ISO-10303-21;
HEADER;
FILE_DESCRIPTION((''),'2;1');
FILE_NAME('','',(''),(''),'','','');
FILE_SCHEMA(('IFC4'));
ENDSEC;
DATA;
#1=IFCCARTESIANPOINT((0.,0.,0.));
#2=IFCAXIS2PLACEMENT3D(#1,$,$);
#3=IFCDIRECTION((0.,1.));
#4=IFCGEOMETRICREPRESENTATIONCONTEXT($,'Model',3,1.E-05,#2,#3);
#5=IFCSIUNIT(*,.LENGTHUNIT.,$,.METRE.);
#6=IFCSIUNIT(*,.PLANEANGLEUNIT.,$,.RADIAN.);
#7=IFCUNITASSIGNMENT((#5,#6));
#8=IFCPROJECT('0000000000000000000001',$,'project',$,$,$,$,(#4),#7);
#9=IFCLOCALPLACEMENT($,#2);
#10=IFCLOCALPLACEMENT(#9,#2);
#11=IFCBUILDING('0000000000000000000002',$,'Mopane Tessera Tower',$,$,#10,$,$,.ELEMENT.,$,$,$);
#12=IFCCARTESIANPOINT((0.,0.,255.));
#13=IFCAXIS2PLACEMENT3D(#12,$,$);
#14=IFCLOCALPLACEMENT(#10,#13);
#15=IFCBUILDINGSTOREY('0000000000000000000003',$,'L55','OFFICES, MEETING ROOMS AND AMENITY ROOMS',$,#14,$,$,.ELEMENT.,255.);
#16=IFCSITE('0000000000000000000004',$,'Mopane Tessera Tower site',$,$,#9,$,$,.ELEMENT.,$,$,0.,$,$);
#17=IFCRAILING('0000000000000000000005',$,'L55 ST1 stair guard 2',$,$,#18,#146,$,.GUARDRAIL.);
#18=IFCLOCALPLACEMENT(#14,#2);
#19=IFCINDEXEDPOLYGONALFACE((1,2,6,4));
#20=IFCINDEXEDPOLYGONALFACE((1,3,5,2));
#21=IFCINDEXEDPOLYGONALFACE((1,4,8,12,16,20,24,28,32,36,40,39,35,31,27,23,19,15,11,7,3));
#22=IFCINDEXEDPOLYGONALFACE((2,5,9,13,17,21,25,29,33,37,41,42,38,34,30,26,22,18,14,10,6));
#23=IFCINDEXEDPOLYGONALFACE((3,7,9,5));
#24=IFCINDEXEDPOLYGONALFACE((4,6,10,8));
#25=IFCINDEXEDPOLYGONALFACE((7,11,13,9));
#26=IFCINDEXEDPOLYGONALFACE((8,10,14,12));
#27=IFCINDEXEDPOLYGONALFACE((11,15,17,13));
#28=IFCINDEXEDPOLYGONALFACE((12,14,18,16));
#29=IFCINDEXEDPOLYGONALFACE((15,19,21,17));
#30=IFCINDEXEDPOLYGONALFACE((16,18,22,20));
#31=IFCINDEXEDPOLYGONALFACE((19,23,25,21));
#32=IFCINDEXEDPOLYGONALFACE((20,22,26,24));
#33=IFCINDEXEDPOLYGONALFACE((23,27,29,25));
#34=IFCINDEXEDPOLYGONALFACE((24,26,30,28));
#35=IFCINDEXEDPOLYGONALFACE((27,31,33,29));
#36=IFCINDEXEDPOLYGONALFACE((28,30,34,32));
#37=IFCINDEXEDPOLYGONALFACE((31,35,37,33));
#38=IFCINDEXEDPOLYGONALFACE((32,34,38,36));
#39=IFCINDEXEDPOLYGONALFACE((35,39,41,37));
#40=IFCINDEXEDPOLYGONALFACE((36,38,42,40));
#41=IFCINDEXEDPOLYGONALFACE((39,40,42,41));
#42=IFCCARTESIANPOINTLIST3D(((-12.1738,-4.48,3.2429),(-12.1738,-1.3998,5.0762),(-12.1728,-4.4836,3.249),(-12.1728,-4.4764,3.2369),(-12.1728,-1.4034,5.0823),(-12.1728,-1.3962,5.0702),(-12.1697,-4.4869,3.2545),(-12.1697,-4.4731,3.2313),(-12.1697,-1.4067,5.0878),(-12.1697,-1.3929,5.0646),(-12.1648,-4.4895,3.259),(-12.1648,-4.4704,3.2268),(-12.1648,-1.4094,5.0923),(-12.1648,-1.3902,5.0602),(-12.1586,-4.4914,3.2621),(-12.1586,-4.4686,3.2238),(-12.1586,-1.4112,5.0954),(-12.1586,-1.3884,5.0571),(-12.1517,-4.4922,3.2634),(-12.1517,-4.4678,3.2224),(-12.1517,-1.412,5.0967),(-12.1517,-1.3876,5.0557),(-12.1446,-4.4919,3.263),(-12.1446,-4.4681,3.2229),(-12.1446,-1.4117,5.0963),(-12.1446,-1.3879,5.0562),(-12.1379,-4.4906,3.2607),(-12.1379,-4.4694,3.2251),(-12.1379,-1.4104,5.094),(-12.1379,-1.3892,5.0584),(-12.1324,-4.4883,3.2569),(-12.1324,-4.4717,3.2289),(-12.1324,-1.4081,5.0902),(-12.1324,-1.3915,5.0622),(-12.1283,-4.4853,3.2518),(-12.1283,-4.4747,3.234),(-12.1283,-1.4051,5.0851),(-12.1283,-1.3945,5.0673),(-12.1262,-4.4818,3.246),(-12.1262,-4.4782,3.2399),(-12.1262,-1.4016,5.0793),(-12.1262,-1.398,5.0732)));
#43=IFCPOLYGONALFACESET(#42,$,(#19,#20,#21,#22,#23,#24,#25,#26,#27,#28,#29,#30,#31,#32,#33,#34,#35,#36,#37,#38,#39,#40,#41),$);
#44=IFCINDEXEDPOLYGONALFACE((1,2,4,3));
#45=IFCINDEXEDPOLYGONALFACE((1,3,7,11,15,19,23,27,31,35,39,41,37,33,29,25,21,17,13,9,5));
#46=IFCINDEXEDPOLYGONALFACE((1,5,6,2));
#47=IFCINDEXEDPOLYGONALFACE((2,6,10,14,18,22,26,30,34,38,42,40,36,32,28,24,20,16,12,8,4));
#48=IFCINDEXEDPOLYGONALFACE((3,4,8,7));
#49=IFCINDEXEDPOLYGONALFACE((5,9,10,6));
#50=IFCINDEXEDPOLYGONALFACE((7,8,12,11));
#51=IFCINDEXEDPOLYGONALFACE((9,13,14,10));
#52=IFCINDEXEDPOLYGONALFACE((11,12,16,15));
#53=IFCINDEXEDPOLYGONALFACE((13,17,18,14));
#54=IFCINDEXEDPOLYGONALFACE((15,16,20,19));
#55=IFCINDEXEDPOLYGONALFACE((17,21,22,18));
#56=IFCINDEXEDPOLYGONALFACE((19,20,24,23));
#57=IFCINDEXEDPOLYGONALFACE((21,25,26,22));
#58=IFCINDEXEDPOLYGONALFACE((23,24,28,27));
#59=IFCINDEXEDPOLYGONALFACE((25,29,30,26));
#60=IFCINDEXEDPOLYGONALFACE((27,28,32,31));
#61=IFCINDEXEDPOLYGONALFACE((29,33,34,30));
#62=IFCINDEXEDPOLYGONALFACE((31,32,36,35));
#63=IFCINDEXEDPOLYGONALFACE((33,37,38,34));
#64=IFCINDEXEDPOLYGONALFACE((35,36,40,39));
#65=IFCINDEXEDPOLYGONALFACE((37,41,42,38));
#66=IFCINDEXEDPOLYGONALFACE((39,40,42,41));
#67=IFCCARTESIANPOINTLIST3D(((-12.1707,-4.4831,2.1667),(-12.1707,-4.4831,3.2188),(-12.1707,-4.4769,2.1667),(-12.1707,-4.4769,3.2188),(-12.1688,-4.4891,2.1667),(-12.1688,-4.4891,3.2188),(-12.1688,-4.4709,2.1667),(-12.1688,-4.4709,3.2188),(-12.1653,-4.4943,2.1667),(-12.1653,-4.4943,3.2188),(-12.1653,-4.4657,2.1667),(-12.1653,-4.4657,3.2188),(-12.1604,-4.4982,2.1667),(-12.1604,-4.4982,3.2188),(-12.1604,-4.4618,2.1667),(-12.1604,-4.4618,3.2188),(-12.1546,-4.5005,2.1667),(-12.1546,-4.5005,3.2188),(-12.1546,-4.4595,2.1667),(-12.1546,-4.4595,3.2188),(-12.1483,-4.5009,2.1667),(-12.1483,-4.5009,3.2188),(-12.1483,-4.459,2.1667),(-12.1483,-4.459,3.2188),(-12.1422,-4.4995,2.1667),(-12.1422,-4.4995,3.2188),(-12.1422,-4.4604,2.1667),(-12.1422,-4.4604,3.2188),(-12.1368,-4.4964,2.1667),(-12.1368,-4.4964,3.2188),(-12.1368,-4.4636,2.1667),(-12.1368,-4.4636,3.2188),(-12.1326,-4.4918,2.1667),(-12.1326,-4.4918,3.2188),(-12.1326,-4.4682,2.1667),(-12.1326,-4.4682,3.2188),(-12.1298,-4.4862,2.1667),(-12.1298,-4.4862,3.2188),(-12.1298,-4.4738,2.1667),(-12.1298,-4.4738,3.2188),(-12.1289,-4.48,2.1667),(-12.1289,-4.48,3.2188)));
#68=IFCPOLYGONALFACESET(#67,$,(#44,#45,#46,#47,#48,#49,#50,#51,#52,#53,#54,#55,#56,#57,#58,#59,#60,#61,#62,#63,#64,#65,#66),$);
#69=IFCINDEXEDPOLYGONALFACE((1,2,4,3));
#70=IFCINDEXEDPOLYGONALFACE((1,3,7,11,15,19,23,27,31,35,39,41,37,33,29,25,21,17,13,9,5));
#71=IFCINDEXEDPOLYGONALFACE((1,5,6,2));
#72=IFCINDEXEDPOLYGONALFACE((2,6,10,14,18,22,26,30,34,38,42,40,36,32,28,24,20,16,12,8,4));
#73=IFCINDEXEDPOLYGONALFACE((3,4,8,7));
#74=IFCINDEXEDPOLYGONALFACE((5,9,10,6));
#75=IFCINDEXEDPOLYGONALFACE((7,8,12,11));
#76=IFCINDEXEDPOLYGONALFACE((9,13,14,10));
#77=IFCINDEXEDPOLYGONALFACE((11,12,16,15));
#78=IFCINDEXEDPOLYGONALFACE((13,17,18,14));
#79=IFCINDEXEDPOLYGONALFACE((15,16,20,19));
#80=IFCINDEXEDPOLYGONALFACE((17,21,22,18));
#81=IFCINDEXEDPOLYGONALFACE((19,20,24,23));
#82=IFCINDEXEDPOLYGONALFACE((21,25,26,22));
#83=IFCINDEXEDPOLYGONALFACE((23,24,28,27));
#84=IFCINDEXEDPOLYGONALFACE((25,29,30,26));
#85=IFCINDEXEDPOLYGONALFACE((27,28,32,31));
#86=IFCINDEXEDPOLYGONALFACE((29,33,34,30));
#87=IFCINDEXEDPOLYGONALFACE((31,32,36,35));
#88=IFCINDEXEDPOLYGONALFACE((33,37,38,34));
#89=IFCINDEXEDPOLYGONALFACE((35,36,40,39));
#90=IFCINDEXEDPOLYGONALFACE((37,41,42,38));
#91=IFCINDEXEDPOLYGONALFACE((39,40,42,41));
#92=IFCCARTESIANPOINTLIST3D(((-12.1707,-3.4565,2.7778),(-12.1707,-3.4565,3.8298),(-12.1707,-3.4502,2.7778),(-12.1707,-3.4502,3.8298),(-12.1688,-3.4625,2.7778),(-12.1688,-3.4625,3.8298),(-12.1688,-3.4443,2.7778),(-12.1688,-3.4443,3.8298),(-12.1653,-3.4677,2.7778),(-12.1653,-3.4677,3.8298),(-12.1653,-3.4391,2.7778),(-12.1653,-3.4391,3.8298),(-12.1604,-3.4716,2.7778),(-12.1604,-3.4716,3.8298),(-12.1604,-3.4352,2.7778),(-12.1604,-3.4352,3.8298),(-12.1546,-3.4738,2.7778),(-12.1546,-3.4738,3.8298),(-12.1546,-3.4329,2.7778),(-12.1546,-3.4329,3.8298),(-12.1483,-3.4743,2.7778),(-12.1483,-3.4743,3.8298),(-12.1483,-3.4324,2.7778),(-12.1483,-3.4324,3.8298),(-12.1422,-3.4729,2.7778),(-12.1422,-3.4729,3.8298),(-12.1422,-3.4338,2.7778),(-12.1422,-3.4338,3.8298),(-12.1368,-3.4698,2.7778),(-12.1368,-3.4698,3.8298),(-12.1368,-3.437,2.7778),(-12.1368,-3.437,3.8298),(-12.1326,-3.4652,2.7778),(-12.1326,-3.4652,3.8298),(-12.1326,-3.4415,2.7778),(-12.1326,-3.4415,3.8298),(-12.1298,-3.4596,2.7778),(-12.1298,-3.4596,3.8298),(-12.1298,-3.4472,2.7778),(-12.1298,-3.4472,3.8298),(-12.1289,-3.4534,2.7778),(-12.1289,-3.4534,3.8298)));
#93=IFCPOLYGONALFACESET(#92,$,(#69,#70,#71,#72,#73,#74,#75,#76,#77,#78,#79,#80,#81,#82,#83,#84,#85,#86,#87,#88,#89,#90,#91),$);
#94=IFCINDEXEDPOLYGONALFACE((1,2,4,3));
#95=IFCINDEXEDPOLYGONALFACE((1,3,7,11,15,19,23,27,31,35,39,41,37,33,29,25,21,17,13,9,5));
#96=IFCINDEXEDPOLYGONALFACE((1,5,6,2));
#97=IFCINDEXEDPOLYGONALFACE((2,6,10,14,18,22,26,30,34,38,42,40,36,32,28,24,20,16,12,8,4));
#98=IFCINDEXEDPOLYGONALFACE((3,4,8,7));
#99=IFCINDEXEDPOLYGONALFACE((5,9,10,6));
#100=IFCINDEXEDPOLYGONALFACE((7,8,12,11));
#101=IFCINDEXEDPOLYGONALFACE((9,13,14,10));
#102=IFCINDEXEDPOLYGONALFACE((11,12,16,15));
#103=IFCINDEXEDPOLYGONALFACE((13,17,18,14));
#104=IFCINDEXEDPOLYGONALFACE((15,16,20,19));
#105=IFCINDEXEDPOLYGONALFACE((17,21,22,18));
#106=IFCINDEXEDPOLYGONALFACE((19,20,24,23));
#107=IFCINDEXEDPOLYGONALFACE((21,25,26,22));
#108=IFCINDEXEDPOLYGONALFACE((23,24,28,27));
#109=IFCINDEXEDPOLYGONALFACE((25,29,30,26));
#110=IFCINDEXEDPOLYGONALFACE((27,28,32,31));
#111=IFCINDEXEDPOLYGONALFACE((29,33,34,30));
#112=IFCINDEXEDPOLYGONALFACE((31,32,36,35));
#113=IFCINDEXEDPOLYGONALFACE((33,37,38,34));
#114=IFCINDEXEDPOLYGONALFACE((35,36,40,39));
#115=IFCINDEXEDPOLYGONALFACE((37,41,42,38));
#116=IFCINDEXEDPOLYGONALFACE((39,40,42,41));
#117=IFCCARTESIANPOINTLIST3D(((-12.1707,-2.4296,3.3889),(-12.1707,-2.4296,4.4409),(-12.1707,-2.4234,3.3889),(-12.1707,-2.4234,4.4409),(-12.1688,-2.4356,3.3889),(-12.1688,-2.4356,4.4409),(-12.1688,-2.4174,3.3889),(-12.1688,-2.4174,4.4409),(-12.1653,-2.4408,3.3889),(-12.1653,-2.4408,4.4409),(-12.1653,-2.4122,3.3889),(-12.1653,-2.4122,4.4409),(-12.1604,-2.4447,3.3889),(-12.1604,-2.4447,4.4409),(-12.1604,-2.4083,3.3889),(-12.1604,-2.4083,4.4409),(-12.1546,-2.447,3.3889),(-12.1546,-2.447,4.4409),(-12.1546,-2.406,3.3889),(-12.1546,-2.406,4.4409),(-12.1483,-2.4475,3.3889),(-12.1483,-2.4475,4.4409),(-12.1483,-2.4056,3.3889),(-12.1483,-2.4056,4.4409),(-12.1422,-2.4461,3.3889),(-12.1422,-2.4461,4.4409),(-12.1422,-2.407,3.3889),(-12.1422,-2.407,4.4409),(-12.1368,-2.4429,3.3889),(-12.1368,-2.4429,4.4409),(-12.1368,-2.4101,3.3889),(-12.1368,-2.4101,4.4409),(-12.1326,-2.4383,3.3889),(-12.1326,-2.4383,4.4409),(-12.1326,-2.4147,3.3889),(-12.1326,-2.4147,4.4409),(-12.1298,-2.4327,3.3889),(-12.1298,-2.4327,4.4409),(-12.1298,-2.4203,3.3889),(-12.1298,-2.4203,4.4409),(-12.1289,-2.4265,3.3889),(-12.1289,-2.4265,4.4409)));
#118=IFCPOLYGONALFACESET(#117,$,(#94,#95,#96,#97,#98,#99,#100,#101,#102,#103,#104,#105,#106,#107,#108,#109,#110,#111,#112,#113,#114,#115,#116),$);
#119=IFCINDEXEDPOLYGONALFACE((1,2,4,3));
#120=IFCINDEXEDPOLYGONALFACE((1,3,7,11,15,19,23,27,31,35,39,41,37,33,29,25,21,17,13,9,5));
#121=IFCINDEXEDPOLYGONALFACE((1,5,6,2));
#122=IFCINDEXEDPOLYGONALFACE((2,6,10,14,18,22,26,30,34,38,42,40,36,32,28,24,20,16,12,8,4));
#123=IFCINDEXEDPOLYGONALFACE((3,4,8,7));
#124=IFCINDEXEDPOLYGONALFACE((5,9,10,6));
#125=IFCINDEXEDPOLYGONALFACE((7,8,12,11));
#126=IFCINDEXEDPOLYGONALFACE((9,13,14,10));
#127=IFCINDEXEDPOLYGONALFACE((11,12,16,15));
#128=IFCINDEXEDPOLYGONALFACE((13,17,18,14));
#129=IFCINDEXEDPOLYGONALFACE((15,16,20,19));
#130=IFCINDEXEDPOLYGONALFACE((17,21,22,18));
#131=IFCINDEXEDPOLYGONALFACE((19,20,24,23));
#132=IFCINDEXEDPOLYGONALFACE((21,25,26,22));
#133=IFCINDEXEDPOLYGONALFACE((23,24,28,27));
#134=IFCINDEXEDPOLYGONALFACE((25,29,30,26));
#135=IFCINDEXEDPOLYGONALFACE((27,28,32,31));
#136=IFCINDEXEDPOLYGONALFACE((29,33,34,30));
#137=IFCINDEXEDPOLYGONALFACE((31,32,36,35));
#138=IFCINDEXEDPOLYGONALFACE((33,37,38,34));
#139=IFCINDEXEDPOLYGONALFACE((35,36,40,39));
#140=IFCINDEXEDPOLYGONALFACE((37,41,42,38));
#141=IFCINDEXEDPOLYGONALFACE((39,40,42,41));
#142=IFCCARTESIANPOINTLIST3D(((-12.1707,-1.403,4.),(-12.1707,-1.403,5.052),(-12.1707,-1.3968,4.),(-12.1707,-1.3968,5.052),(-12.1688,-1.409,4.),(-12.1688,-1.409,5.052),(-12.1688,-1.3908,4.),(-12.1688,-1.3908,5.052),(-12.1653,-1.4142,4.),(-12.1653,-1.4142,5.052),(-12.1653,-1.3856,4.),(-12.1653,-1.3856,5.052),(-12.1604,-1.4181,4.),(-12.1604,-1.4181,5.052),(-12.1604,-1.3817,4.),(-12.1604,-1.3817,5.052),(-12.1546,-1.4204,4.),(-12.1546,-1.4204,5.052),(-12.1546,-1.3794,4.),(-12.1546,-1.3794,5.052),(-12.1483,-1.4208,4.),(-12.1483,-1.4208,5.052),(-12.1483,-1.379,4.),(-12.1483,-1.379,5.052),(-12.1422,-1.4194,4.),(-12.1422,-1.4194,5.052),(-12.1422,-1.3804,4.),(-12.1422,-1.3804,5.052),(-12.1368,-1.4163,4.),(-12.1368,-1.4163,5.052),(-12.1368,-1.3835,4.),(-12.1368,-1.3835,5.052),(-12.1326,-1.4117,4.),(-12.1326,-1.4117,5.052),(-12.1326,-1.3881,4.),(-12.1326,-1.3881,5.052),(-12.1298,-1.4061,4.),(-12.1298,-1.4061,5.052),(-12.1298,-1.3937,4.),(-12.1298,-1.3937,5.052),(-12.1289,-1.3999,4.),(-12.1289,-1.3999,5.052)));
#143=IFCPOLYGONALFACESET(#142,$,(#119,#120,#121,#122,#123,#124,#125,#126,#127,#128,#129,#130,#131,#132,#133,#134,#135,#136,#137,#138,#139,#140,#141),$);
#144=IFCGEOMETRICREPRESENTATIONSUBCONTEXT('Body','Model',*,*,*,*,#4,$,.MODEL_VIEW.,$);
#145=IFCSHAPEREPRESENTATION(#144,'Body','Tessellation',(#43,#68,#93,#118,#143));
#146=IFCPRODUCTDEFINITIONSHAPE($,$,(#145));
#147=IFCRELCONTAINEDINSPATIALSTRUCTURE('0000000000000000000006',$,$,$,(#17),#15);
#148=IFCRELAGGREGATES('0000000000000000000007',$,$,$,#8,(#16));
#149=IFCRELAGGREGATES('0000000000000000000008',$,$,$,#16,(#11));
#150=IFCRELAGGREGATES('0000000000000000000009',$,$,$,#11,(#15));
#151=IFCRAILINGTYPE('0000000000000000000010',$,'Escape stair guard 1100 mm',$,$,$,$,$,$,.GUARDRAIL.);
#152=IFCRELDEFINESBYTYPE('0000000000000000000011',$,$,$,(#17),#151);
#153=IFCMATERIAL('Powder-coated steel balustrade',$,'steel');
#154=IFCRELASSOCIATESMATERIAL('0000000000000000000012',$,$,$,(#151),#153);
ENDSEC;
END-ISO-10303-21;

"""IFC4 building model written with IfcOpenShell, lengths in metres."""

from ifc_helpers import new_model, si_unit, direction, frame, origin, origin_2d, place, context, subcontext, project, spatial, circle, extrude, material, type_object, element, save


model = new_model("IFC4")

# Units and contexts
model_context = context("Model", 3, precision=1e-05, world=origin(), true_north=direction((0.0, 1.0)))
body_context = subcontext(model_context, "Body", "Model", "MODEL_VIEW")
ifc_project = project(units=[si_unit("LENGTHUNIT", "METRE"), si_unit("PLANEANGLEUNIT", "RADIAN")], contexts=[model_context])

# Site, building, storey
site_placement = place(None, origin())
site = spatial("IfcSite", under=ifc_project, at=site_placement, Name="Mopane Tessera Tower site", CompositionType="ELEMENT", RefElevation=0.0)
building_placement = place(site_placement, origin())
building = spatial("IfcBuilding", under=site, at=building_placement, Name="Mopane Tessera Tower", CompositionType="ELEMENT")
storey_placement = place(building_placement, frame((0.0, 0.0, 255.0)))
storey = spatial("IfcBuildingStorey", under=building, at=storey_placement, Name="L55", Description="OFFICES, MEETING ROOMS AND AMENITY ROOMS", CompositionType="ELEMENT", Elevation=255.0)

# Railing
ifc_material_1 = material(Name="Powder-coated steel balustrade", Category="steel")
railing_type_1 = type_object("IfcRailingType", Name="Escape stair guard 1100 mm", PredefinedType="GUARDRAIL", material=ifc_material_1)
railing_1_placement = place(storey_placement, frame((-12.1499, -4.48, 2.1667)))
element("IfcRailing", 1, at=railing_1_placement, inside=storey, type_object=railing_type_1, Name="L55 ST1 stair guard 2", PredefinedType="GUARDRAIL", context=body_context, shape_type="SweptSolid", body=[
    extrude(circle(Radius=0.0239, at=origin_2d()), frame((0.0, 0.0, 1.0762), z_axis=(0.0, 0.859309, 0.511458), x_axis=(-1.0, 0.0, 0.0)), (0.0, 0.0, 1.0), 3.5845),
    extrude(circle(Radius=0.021, at=origin_2d()), origin(), (0.0, 0.0, 1.0), 1.052),
    extrude(circle(Radius=0.021, at=origin_2d()), frame((0.0, 1.0266, 0.6111)), (0.0, 0.0, 1.0), 1.052),
    extrude(circle(Radius=0.021, at=origin_2d()), frame((0.0, 2.0535, 1.2222)), (0.0, 0.0, 1.0), 1.052),
    extrude(circle(Radius=0.021, at=origin_2d()), frame((0.0, 3.0801, 1.8333)), (0.0, 0.0, 1.0), 1.052),
])

save(model, "model.ifc")
